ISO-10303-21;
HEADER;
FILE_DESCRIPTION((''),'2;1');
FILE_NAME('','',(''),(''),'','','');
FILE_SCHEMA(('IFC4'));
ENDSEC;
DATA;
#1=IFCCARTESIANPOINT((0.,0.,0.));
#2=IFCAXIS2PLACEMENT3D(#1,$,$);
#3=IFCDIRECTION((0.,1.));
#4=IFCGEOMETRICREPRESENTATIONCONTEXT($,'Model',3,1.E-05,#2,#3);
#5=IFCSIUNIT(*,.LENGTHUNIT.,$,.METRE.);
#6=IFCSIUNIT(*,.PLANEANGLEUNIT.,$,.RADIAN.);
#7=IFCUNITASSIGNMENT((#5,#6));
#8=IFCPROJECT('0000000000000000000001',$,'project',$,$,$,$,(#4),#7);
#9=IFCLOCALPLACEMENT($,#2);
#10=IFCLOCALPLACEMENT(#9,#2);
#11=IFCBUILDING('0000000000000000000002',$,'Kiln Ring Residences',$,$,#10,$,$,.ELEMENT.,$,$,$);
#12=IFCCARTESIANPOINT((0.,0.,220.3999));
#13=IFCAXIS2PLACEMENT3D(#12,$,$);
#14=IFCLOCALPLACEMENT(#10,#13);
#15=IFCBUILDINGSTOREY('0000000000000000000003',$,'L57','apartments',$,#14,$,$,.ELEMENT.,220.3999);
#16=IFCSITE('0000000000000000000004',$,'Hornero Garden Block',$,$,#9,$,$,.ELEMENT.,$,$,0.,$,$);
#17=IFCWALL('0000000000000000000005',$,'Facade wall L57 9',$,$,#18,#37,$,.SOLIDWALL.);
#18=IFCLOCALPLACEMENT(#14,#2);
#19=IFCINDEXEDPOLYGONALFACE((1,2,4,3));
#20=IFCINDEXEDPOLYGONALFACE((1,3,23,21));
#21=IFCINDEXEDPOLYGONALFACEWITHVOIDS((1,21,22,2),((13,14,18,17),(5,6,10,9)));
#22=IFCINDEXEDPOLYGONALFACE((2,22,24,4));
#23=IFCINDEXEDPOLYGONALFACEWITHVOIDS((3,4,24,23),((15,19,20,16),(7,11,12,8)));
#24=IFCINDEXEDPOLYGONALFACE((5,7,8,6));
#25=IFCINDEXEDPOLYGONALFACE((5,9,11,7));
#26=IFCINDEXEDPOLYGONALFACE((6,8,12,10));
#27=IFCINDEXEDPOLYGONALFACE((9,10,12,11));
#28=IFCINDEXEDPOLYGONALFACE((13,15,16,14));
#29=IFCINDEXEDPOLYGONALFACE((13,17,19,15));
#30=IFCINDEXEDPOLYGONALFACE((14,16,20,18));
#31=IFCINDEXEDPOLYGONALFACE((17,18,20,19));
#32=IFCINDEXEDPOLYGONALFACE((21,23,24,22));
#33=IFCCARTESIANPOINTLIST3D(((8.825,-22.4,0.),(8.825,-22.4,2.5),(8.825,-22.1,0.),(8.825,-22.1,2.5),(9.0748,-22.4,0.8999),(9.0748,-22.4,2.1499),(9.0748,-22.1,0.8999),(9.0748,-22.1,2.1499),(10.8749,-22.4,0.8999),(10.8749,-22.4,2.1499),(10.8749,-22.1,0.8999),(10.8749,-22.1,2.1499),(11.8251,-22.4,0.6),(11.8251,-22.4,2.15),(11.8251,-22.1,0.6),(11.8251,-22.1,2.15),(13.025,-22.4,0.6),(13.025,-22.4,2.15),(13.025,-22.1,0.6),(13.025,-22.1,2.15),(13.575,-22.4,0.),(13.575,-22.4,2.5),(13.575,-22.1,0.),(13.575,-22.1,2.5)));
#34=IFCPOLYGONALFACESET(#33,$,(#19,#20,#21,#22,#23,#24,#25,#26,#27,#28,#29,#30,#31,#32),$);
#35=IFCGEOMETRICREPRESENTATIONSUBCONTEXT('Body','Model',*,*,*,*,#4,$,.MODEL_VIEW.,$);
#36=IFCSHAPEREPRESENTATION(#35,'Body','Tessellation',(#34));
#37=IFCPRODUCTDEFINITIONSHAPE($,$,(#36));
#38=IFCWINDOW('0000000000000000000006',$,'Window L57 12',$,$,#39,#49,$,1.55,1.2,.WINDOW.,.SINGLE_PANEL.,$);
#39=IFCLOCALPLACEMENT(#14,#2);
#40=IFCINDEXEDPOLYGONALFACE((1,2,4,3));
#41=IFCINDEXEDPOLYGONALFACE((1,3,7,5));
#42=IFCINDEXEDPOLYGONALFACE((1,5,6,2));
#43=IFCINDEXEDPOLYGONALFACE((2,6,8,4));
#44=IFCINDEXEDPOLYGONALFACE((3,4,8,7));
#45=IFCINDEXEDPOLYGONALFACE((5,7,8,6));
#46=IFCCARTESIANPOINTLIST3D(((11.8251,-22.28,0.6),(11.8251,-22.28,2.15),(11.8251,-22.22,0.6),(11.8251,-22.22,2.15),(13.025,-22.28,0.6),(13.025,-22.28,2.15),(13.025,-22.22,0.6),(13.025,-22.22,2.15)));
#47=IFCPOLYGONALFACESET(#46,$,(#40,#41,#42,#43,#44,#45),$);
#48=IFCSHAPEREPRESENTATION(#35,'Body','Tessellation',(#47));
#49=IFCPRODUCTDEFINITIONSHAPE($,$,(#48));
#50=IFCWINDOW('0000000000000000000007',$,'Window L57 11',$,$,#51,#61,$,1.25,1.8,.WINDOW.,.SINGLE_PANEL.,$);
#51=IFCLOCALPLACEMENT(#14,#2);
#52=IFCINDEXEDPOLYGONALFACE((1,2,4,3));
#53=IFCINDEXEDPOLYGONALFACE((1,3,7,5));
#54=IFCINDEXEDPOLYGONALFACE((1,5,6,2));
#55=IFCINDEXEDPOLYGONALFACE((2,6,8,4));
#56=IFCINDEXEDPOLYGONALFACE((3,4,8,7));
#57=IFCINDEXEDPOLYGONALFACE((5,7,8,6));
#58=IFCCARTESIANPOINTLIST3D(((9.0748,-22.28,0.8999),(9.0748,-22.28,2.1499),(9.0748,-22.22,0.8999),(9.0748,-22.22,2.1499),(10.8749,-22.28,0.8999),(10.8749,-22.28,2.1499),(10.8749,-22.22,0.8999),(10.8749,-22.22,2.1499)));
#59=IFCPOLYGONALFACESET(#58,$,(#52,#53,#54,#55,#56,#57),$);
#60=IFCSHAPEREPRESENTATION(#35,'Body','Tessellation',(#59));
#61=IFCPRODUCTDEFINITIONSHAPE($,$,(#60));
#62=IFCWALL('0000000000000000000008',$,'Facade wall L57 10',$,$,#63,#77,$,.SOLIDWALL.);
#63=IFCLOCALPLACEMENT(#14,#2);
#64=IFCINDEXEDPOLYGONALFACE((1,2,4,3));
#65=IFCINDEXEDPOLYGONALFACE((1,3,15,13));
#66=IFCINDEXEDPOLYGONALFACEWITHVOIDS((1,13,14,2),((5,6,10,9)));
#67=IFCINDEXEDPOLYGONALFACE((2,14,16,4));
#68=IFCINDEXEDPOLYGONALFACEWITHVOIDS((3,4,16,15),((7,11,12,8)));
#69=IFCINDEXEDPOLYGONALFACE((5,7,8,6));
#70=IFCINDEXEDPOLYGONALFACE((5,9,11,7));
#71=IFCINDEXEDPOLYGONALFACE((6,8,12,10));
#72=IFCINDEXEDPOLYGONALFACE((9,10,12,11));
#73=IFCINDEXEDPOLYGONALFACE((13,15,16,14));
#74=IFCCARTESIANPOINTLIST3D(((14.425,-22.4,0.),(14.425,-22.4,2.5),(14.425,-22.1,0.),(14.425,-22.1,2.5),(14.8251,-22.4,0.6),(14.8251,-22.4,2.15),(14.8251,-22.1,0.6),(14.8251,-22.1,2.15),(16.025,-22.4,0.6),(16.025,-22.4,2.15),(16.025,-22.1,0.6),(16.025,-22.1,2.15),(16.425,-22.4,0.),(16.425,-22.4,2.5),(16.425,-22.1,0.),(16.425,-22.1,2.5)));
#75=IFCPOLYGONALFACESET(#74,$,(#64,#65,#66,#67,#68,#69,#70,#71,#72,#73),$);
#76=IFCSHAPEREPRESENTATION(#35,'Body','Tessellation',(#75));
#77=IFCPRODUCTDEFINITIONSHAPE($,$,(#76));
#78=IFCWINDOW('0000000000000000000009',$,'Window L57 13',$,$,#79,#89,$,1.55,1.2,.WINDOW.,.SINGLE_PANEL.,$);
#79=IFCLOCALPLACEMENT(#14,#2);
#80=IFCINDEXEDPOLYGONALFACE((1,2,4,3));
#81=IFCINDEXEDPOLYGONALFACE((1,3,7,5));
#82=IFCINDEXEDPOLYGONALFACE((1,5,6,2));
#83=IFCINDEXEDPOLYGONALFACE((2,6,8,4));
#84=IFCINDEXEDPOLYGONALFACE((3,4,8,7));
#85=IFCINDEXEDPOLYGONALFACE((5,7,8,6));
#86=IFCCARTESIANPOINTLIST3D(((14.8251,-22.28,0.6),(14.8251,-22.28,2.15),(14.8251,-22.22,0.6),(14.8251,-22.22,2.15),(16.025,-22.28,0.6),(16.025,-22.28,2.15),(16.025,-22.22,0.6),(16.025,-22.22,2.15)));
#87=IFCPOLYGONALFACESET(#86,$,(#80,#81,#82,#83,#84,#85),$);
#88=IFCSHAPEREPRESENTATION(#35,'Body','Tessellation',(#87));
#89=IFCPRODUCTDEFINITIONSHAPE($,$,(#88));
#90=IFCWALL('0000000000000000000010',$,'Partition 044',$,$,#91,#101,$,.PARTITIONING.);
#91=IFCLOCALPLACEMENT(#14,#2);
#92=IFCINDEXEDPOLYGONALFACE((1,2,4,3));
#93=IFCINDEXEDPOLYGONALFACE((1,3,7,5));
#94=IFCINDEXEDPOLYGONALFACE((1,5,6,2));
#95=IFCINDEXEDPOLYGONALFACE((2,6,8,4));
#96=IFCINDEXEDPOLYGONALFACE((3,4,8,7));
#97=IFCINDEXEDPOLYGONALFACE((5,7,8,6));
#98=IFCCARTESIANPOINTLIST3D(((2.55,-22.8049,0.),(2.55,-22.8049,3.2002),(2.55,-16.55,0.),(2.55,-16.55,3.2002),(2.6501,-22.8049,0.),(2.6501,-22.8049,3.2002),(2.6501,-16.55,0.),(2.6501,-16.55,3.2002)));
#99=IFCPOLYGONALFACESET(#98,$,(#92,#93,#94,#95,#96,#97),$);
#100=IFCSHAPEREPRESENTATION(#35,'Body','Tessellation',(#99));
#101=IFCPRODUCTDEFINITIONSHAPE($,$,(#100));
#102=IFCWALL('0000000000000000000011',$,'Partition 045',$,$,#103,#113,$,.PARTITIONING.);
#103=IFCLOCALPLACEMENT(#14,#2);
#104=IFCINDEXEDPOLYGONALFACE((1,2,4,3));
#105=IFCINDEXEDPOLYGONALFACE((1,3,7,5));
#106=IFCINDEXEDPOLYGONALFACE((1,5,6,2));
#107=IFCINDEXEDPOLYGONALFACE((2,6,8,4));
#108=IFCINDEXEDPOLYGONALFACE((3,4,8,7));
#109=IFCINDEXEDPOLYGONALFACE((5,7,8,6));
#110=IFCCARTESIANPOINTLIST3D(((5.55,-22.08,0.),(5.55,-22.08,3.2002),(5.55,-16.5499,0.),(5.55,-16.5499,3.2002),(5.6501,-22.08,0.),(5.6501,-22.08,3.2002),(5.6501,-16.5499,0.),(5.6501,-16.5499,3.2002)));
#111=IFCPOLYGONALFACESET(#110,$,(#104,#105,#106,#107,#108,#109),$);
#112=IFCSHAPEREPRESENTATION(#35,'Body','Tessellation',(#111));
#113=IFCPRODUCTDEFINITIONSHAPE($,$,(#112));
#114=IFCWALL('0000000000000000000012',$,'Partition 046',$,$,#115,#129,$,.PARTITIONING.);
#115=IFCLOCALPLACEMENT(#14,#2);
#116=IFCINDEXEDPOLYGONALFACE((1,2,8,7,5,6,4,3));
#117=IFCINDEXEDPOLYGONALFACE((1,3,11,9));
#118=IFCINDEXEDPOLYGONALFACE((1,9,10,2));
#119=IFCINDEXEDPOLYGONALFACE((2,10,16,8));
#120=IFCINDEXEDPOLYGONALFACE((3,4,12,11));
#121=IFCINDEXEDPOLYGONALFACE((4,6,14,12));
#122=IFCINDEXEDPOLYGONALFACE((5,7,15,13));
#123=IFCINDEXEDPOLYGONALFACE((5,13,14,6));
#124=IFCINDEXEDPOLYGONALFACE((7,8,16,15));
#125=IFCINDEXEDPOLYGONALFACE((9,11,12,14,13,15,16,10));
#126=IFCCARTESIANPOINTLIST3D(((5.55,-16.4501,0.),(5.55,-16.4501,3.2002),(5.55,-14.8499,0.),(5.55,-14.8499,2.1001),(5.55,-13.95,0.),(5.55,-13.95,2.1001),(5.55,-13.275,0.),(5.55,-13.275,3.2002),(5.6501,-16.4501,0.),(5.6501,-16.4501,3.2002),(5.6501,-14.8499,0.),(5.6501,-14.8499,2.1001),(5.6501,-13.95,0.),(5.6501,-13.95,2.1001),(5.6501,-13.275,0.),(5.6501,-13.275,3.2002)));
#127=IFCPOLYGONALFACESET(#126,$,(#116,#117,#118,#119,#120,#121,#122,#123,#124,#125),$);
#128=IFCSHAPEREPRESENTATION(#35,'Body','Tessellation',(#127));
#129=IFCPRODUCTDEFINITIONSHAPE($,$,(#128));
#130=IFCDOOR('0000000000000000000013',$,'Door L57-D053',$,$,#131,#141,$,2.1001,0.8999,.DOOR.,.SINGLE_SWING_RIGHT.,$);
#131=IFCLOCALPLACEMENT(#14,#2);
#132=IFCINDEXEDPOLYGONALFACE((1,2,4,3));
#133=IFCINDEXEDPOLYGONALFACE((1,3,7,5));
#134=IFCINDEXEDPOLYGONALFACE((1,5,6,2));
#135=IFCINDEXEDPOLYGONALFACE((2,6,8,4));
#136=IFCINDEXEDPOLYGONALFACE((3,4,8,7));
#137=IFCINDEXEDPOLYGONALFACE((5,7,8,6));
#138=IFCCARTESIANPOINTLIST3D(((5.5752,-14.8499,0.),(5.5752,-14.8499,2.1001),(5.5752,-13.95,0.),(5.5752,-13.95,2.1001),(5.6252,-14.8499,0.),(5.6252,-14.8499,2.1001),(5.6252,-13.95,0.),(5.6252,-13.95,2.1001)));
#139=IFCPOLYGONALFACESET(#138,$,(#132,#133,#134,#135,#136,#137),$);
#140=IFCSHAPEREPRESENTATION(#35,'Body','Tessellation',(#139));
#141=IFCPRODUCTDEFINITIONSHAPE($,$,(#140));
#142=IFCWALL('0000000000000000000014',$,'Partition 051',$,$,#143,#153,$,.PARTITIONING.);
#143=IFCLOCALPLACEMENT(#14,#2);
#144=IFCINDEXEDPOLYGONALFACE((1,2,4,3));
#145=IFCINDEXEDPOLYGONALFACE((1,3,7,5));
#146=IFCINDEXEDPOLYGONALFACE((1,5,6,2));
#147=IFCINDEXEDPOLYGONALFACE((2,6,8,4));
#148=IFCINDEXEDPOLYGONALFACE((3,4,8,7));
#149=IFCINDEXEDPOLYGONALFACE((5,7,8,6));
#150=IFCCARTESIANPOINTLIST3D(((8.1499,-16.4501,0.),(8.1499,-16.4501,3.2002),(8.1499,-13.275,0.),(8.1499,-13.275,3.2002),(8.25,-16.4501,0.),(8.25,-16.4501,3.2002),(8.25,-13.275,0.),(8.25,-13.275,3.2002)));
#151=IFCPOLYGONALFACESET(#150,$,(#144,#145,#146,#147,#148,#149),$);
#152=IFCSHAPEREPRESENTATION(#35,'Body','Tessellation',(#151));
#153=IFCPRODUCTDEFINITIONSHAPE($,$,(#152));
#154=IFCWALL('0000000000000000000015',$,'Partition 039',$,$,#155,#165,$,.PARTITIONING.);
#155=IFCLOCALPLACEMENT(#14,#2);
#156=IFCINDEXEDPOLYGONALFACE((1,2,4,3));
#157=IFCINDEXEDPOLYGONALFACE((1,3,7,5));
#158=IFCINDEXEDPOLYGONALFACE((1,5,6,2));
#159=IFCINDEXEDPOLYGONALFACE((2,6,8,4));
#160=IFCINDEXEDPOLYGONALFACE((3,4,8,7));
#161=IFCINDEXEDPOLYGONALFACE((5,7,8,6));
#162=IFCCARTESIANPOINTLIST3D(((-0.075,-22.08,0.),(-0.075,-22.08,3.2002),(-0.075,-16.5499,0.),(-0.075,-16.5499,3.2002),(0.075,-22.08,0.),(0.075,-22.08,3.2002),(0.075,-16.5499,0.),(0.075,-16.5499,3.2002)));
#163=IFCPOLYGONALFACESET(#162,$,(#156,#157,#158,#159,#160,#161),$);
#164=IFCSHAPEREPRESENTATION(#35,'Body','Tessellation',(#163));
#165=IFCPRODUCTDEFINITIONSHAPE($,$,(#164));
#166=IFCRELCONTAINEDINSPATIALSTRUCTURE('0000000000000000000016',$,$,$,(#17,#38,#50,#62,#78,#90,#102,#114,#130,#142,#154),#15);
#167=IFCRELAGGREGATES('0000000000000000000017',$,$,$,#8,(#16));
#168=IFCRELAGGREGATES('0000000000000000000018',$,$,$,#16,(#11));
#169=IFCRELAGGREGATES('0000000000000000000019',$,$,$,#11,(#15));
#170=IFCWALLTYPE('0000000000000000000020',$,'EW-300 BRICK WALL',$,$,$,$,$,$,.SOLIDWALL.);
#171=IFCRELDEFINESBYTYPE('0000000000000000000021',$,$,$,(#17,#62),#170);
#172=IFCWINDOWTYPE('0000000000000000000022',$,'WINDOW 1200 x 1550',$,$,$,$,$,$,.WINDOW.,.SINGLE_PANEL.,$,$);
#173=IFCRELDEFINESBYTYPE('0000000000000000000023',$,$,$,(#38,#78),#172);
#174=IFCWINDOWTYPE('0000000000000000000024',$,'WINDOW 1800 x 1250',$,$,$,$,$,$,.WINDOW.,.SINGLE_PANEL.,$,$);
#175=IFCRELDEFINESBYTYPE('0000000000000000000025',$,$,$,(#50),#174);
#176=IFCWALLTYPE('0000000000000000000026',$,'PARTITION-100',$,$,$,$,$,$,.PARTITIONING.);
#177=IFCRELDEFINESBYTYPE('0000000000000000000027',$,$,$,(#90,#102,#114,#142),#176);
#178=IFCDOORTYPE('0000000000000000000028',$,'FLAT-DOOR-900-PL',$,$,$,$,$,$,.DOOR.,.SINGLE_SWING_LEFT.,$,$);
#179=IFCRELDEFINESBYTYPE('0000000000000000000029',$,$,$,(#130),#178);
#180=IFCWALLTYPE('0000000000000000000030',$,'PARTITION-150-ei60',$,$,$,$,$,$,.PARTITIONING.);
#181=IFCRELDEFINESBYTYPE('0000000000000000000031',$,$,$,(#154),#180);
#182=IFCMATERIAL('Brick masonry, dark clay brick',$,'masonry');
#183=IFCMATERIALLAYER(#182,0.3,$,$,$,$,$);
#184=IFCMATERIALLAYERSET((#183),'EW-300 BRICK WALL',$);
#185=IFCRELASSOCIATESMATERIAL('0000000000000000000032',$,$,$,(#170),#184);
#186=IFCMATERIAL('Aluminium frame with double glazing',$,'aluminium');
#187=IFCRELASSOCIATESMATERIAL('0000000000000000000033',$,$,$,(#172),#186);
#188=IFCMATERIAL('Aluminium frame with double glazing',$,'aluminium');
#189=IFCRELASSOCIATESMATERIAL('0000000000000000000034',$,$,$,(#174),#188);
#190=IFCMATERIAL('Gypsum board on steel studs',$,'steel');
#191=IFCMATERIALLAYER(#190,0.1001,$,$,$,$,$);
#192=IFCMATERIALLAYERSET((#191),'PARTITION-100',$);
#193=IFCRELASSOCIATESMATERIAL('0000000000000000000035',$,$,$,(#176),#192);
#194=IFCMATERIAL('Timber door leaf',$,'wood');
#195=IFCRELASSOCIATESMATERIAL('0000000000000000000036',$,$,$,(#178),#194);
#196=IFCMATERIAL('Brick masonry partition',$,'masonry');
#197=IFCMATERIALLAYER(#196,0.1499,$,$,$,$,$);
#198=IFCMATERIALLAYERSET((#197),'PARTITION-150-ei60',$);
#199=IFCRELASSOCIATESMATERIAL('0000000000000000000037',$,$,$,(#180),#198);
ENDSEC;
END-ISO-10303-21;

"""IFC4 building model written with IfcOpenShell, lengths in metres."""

from ifc_helpers import new_model, si_unit, direction, frame, frame_2d, origin, place, context, subcontext, project, spatial, rectangle, extrude, material, layer, layer_set, type_object, element, fill, save


model = new_model("IFC4")

# Units and contexts
model_context = context("Model", 3, precision=1e-05, world=origin(), true_north=direction((0.0, 1.0)))
body_context = subcontext(model_context, "Body", "Model", "MODEL_VIEW")
ifc_project = project(units=[si_unit("LENGTHUNIT", "METRE"), si_unit("PLANEANGLEUNIT", "RADIAN")], contexts=[model_context])

# Site, building, storey
site_placement = place(None, origin())
site = spatial("IfcSite", under=ifc_project, at=site_placement, Name="Hornero Garden Block", CompositionType="ELEMENT", RefElevation=0.0)
building_placement = place(site_placement, origin())
building = spatial("IfcBuilding", under=site, at=building_placement, Name="Kiln Ring Residences", CompositionType="ELEMENT")
storey_placement = place(building_placement, frame((0.0, 0.0, 220.3999)))
storey = spatial("IfcBuildingStorey", under=building, at=storey_placement, Name="L57", Description="apartments", CompositionType="ELEMENT", Elevation=220.3999)

# Wall, openings, windows
ifc_material_1 = material(Name="Brick masonry, dark clay brick", Category="masonry")
ifc_layer_1 = layer(ifc_material_1, 0.3)
ifc_layer_set_1 = layer_set([ifc_layer_1], Name="EW-300 BRICK WALL")
wall_type_1 = type_object("IfcWallType", Name="EW-300 BRICK WALL", PredefinedType="SOLIDWALL", material=ifc_layer_set_1)
ifc_material_2 = material(Name="Aluminium frame with double glazing", Category="aluminium")
window_type_1 = type_object("IfcWindowType", Name="WINDOW 1200 x 1550", PartitioningType="SINGLE_PANEL", PredefinedType="WINDOW", material=ifc_material_2)
wall_1_placement = place(storey_placement, frame((8.825, -22.25, 0.0), z_axis=(0.0, 0.0, 1.0), x_axis=(1.0, 0.0, 0.0)))
wall_1 = element("IfcWall", 1, at=wall_1_placement, inside=storey, type_object=wall_type_1, Name="Facade wall L57 9", PredefinedType="SOLIDWALL", context=body_context, shape_type="SweptSolid", body=[
    extrude(rectangle(XDim=4.75, YDim=0.3, at=frame_2d((2.375, 0.0))), origin(), (0.0, 0.0, 1.0), 2.5),
])
opening_1_placement = place(wall_1_placement, frame((0.25, 0.0, 0.8999)))
opening_1 = element("IfcOpeningElement", 2, at=opening_1_placement, cuts=wall_1, PredefinedType="OPENING", context=body_context, shape_type="SweptSolid", body=[
    extrude(rectangle(XDim=1.8, YDim=1.25, at=frame_2d((0.8999, 0.625))), frame((0.0, 0.1599, 0.0), z_axis=(0.0, -1.0, 0.0), x_axis=(1.0, 0.0, 0.0)), (0.0, 0.0, 1.0), 0.3201),
])
opening_2_placement = place(wall_1_placement, frame((3.0, 0.0, 0.6001)))
opening_2 = element("IfcOpeningElement", 3, at=opening_2_placement, cuts=wall_1, PredefinedType="OPENING", context=body_context, shape_type="SweptSolid", body=[
    extrude(rectangle(XDim=1.2, YDim=1.55, at=frame_2d((0.6001, 0.7749))), frame((0.0, 0.1599, 0.0), z_axis=(0.0, -1.0, 0.0), x_axis=(1.0, 0.0, 0.0)), (0.0, 0.0, 1.0), 0.3201),
])
window_1_placement = place(opening_2_placement, origin())
window_1 = element("IfcWindow", 4, at=window_1_placement, inside=storey, type_object=window_type_1, Name="Window L57 12", OverallHeight=1.55, OverallWidth=1.2, PartitioningType="SINGLE_PANEL", PredefinedType="WINDOW", context=body_context, shape_type="SweptSolid", body=[
    extrude(rectangle(XDim=1.2, YDim=1.55, at=frame_2d((0.6001, 0.7749))), frame((0.0, 0.03, 0.0), z_axis=(0.0, -1.0, 0.0), x_axis=(1.0, 0.0, 0.0)), (0.0, 0.0, 1.0), 0.0601),
])
fill(opening_2, window_1)
ifc_material_3 = material(Name="Aluminium frame with double glazing", Category="aluminium")
window_type_2 = type_object("IfcWindowType", Name="WINDOW 1800 x 1250", PartitioningType="SINGLE_PANEL", PredefinedType="WINDOW", material=ifc_material_3)
window_2_placement = place(opening_1_placement, origin())
window_2 = element("IfcWindow", 5, at=window_2_placement, inside=storey, type_object=window_type_2, Name="Window L57 11", OverallHeight=1.25, OverallWidth=1.8, PartitioningType="SINGLE_PANEL", PredefinedType="WINDOW", context=body_context, shape_type="SweptSolid", body=[
    extrude(rectangle(XDim=1.8, YDim=1.25, at=frame_2d((0.8999, 0.625))), frame((0.0, 0.03, 0.0), z_axis=(0.0, -1.0, 0.0), x_axis=(1.0, 0.0, 0.0)), (0.0, 0.0, 1.0), 0.0601),
])
fill(opening_1, window_2)

# Wall, opening, window
wall_2_placement = place(storey_placement, frame((14.425, -22.25, 0.0), z_axis=(0.0, 0.0, 1.0), x_axis=(1.0, 0.0, 0.0)))
wall_2 = element("IfcWall", 6, at=wall_2_placement, inside=storey, type_object=wall_type_1, Name="Facade wall L57 10", PredefinedType="SOLIDWALL", context=body_context, shape_type="SweptSolid", body=[
    extrude(rectangle(XDim=2.0, YDim=0.3, at=frame_2d((1.0, 0.0))), origin(), (0.0, 0.0, 1.0), 2.5),
])
opening_3_placement = place(wall_2_placement, frame((0.3999, 0.0, 0.6001)))
opening_3 = element("IfcOpeningElement", 7, at=opening_3_placement, cuts=wall_2, PredefinedType="OPENING", context=body_context, shape_type="SweptSolid", body=[
    extrude(rectangle(XDim=1.2, YDim=1.55, at=frame_2d((0.6001, 0.7749))), frame((0.0, 0.1599, 0.0), z_axis=(0.0, -1.0, 0.0), x_axis=(1.0, 0.0, 0.0)), (0.0, 0.0, 1.0), 0.3201),
])
window_3_placement = place(opening_3_placement, origin())
window_3 = element("IfcWindow", 8, at=window_3_placement, inside=storey, type_object=window_type_1, Name="Window L57 13", OverallHeight=1.55, OverallWidth=1.2, PartitioningType="SINGLE_PANEL", PredefinedType="WINDOW", context=body_context, shape_type="SweptSolid", body=[
    extrude(rectangle(XDim=1.2, YDim=1.55, at=frame_2d((0.6001, 0.7749))), frame((0.0, 0.03, 0.0), z_axis=(0.0, -1.0, 0.0), x_axis=(1.0, 0.0, 0.0)), (0.0, 0.0, 1.0), 0.0601),
])
fill(opening_3, window_3)

# Walls
ifc_material_4 = material(Name="Gypsum board on steel studs", Category="steel")
ifc_layer_2 = layer(ifc_material_4, 0.1001)
ifc_layer_set_2 = layer_set([ifc_layer_2], Name="PARTITION-100")
wall_type_2 = type_object("IfcWallType", Name="PARTITION-100", PredefinedType="PARTITIONING", material=ifc_layer_set_2)
wall_3_placement = place(storey_placement, frame((2.6001, -22.8049, 0.0), z_axis=(0.0, 0.0, 1.0), x_axis=(0.0, 1.0, 0.0)))
element("IfcWall", 9, at=wall_3_placement, inside=storey, type_object=wall_type_2, Name="Partition 044", PredefinedType="PARTITIONING", context=body_context, shape_type="SweptSolid", body=[
    extrude(rectangle(XDim=6.2549, YDim=0.1001, at=frame_2d((3.1274, 0.0))), origin(), (0.0, 0.0, 1.0), 3.2002),
])
wall_4_placement = place(storey_placement, frame((5.6001, -22.0801, 0.0), z_axis=(0.0, 0.0, 1.0), x_axis=(0.0, 1.0, 0.0)))
element("IfcWall", 10, at=wall_4_placement, inside=storey, type_object=wall_type_2, Name="Partition 045", PredefinedType="PARTITIONING", context=body_context, shape_type="SweptSolid", body=[
    extrude(rectangle(XDim=5.53, YDim=0.1001, at=frame_2d((2.7651, 0.0))), origin(), (0.0, 0.0, 1.0), 3.2002),
])

# Wall, opening, door
wall_5_placement = place(storey_placement, frame((5.6001, -16.45, 0.0), z_axis=(0.0, 0.0, 1.0), x_axis=(0.0, 1.0, 0.0)))
wall_5 = element("IfcWall", 11, at=wall_5_placement, inside=storey, type_object=wall_type_2, Name="Partition 046", PredefinedType="PARTITIONING", context=body_context, shape_type="SweptSolid", body=[
    extrude(rectangle(XDim=3.175, YDim=0.1001, at=frame_2d((1.5874, 0.0))), origin(), (0.0, 0.0, 1.0), 3.2002),
])
opening_4_placement = place(wall_5_placement, frame((1.6001, 0.0, 0.0)))
opening_4 = element("IfcOpeningElement", 12, at=opening_4_placement, cuts=wall_5, PredefinedType="OPENING", context=body_context, shape_type="SweptSolid", body=[
    extrude(rectangle(XDim=0.8999, YDim=2.1001, at=frame_2d((0.45, 1.05))), frame((0.0, 0.0601, 0.0), z_axis=(0.0, -1.0, 0.0), x_axis=(1.0, 0.0, 0.0)), (0.0, 0.0, 1.0), 0.1201),
])
ifc_material_5 = material(Name="Timber door leaf", Category="wood")
door_type = type_object("IfcDoorType", Name="FLAT-DOOR-900-PL", OperationType="SINGLE_SWING_LEFT", PredefinedType="DOOR", material=ifc_material_5)
door_placement = place(opening_4_placement, origin())
door = element("IfcDoor", 13, at=door_placement, inside=storey, type_object=door_type, Name="Door L57-D053", OperationType="SINGLE_SWING_RIGHT", OverallHeight=2.1001, OverallWidth=0.8999, PredefinedType="DOOR", context=body_context, shape_type="SweptSolid", body=[
    extrude(rectangle(XDim=0.8999, YDim=2.1001, at=frame_2d((0.45, 1.05))), frame((0.0, 0.0249, 0.0), z_axis=(0.0, -1.0, 0.0), x_axis=(1.0, 0.0, 0.0)), (0.0, 0.0, 1.0), 0.05),
])
fill(opening_4, door)

# Walls
wall_6_placement = place(storey_placement, frame((8.2, -16.45, 0.0), z_axis=(0.0, 0.0, 1.0), x_axis=(0.0, 1.0, 0.0)))
element("IfcWall", 14, at=wall_6_placement, inside=storey, type_object=wall_type_2, Name="Partition 051", PredefinedType="PARTITIONING", context=body_context, shape_type="SweptSolid", body=[
    extrude(rectangle(XDim=3.175, YDim=0.1001, at=frame_2d((1.5874, 0.0))), origin(), (0.0, 0.0, 1.0), 3.2002),
])
ifc_material_6 = material(Name="Brick masonry partition", Category="masonry")
ifc_layer_3 = layer(ifc_material_6, 0.1499)
ifc_layer_set_3 = layer_set([ifc_layer_3], Name="PARTITION-150-ei60")
wall_type_3 = type_object("IfcWallType", Name="PARTITION-150-ei60", PredefinedType="PARTITIONING", material=ifc_layer_set_3)
wall_7_placement = place(storey_placement, frame((0.0, -22.0801, 0.0), z_axis=(0.0, 0.0, 1.0), x_axis=(0.0, 1.0, 0.0)))
element("IfcWall", 15, at=wall_7_placement, inside=storey, type_object=wall_type_3, Name="Partition 039", PredefinedType="PARTITIONING", context=body_context, shape_type="SweptSolid", body=[
    extrude(rectangle(XDim=5.53, YDim=0.1499, at=frame_2d((2.7651, 0.0))), origin(), (0.0, 0.0, 1.0), 3.2002),
])

save(model, "model.ifc")
